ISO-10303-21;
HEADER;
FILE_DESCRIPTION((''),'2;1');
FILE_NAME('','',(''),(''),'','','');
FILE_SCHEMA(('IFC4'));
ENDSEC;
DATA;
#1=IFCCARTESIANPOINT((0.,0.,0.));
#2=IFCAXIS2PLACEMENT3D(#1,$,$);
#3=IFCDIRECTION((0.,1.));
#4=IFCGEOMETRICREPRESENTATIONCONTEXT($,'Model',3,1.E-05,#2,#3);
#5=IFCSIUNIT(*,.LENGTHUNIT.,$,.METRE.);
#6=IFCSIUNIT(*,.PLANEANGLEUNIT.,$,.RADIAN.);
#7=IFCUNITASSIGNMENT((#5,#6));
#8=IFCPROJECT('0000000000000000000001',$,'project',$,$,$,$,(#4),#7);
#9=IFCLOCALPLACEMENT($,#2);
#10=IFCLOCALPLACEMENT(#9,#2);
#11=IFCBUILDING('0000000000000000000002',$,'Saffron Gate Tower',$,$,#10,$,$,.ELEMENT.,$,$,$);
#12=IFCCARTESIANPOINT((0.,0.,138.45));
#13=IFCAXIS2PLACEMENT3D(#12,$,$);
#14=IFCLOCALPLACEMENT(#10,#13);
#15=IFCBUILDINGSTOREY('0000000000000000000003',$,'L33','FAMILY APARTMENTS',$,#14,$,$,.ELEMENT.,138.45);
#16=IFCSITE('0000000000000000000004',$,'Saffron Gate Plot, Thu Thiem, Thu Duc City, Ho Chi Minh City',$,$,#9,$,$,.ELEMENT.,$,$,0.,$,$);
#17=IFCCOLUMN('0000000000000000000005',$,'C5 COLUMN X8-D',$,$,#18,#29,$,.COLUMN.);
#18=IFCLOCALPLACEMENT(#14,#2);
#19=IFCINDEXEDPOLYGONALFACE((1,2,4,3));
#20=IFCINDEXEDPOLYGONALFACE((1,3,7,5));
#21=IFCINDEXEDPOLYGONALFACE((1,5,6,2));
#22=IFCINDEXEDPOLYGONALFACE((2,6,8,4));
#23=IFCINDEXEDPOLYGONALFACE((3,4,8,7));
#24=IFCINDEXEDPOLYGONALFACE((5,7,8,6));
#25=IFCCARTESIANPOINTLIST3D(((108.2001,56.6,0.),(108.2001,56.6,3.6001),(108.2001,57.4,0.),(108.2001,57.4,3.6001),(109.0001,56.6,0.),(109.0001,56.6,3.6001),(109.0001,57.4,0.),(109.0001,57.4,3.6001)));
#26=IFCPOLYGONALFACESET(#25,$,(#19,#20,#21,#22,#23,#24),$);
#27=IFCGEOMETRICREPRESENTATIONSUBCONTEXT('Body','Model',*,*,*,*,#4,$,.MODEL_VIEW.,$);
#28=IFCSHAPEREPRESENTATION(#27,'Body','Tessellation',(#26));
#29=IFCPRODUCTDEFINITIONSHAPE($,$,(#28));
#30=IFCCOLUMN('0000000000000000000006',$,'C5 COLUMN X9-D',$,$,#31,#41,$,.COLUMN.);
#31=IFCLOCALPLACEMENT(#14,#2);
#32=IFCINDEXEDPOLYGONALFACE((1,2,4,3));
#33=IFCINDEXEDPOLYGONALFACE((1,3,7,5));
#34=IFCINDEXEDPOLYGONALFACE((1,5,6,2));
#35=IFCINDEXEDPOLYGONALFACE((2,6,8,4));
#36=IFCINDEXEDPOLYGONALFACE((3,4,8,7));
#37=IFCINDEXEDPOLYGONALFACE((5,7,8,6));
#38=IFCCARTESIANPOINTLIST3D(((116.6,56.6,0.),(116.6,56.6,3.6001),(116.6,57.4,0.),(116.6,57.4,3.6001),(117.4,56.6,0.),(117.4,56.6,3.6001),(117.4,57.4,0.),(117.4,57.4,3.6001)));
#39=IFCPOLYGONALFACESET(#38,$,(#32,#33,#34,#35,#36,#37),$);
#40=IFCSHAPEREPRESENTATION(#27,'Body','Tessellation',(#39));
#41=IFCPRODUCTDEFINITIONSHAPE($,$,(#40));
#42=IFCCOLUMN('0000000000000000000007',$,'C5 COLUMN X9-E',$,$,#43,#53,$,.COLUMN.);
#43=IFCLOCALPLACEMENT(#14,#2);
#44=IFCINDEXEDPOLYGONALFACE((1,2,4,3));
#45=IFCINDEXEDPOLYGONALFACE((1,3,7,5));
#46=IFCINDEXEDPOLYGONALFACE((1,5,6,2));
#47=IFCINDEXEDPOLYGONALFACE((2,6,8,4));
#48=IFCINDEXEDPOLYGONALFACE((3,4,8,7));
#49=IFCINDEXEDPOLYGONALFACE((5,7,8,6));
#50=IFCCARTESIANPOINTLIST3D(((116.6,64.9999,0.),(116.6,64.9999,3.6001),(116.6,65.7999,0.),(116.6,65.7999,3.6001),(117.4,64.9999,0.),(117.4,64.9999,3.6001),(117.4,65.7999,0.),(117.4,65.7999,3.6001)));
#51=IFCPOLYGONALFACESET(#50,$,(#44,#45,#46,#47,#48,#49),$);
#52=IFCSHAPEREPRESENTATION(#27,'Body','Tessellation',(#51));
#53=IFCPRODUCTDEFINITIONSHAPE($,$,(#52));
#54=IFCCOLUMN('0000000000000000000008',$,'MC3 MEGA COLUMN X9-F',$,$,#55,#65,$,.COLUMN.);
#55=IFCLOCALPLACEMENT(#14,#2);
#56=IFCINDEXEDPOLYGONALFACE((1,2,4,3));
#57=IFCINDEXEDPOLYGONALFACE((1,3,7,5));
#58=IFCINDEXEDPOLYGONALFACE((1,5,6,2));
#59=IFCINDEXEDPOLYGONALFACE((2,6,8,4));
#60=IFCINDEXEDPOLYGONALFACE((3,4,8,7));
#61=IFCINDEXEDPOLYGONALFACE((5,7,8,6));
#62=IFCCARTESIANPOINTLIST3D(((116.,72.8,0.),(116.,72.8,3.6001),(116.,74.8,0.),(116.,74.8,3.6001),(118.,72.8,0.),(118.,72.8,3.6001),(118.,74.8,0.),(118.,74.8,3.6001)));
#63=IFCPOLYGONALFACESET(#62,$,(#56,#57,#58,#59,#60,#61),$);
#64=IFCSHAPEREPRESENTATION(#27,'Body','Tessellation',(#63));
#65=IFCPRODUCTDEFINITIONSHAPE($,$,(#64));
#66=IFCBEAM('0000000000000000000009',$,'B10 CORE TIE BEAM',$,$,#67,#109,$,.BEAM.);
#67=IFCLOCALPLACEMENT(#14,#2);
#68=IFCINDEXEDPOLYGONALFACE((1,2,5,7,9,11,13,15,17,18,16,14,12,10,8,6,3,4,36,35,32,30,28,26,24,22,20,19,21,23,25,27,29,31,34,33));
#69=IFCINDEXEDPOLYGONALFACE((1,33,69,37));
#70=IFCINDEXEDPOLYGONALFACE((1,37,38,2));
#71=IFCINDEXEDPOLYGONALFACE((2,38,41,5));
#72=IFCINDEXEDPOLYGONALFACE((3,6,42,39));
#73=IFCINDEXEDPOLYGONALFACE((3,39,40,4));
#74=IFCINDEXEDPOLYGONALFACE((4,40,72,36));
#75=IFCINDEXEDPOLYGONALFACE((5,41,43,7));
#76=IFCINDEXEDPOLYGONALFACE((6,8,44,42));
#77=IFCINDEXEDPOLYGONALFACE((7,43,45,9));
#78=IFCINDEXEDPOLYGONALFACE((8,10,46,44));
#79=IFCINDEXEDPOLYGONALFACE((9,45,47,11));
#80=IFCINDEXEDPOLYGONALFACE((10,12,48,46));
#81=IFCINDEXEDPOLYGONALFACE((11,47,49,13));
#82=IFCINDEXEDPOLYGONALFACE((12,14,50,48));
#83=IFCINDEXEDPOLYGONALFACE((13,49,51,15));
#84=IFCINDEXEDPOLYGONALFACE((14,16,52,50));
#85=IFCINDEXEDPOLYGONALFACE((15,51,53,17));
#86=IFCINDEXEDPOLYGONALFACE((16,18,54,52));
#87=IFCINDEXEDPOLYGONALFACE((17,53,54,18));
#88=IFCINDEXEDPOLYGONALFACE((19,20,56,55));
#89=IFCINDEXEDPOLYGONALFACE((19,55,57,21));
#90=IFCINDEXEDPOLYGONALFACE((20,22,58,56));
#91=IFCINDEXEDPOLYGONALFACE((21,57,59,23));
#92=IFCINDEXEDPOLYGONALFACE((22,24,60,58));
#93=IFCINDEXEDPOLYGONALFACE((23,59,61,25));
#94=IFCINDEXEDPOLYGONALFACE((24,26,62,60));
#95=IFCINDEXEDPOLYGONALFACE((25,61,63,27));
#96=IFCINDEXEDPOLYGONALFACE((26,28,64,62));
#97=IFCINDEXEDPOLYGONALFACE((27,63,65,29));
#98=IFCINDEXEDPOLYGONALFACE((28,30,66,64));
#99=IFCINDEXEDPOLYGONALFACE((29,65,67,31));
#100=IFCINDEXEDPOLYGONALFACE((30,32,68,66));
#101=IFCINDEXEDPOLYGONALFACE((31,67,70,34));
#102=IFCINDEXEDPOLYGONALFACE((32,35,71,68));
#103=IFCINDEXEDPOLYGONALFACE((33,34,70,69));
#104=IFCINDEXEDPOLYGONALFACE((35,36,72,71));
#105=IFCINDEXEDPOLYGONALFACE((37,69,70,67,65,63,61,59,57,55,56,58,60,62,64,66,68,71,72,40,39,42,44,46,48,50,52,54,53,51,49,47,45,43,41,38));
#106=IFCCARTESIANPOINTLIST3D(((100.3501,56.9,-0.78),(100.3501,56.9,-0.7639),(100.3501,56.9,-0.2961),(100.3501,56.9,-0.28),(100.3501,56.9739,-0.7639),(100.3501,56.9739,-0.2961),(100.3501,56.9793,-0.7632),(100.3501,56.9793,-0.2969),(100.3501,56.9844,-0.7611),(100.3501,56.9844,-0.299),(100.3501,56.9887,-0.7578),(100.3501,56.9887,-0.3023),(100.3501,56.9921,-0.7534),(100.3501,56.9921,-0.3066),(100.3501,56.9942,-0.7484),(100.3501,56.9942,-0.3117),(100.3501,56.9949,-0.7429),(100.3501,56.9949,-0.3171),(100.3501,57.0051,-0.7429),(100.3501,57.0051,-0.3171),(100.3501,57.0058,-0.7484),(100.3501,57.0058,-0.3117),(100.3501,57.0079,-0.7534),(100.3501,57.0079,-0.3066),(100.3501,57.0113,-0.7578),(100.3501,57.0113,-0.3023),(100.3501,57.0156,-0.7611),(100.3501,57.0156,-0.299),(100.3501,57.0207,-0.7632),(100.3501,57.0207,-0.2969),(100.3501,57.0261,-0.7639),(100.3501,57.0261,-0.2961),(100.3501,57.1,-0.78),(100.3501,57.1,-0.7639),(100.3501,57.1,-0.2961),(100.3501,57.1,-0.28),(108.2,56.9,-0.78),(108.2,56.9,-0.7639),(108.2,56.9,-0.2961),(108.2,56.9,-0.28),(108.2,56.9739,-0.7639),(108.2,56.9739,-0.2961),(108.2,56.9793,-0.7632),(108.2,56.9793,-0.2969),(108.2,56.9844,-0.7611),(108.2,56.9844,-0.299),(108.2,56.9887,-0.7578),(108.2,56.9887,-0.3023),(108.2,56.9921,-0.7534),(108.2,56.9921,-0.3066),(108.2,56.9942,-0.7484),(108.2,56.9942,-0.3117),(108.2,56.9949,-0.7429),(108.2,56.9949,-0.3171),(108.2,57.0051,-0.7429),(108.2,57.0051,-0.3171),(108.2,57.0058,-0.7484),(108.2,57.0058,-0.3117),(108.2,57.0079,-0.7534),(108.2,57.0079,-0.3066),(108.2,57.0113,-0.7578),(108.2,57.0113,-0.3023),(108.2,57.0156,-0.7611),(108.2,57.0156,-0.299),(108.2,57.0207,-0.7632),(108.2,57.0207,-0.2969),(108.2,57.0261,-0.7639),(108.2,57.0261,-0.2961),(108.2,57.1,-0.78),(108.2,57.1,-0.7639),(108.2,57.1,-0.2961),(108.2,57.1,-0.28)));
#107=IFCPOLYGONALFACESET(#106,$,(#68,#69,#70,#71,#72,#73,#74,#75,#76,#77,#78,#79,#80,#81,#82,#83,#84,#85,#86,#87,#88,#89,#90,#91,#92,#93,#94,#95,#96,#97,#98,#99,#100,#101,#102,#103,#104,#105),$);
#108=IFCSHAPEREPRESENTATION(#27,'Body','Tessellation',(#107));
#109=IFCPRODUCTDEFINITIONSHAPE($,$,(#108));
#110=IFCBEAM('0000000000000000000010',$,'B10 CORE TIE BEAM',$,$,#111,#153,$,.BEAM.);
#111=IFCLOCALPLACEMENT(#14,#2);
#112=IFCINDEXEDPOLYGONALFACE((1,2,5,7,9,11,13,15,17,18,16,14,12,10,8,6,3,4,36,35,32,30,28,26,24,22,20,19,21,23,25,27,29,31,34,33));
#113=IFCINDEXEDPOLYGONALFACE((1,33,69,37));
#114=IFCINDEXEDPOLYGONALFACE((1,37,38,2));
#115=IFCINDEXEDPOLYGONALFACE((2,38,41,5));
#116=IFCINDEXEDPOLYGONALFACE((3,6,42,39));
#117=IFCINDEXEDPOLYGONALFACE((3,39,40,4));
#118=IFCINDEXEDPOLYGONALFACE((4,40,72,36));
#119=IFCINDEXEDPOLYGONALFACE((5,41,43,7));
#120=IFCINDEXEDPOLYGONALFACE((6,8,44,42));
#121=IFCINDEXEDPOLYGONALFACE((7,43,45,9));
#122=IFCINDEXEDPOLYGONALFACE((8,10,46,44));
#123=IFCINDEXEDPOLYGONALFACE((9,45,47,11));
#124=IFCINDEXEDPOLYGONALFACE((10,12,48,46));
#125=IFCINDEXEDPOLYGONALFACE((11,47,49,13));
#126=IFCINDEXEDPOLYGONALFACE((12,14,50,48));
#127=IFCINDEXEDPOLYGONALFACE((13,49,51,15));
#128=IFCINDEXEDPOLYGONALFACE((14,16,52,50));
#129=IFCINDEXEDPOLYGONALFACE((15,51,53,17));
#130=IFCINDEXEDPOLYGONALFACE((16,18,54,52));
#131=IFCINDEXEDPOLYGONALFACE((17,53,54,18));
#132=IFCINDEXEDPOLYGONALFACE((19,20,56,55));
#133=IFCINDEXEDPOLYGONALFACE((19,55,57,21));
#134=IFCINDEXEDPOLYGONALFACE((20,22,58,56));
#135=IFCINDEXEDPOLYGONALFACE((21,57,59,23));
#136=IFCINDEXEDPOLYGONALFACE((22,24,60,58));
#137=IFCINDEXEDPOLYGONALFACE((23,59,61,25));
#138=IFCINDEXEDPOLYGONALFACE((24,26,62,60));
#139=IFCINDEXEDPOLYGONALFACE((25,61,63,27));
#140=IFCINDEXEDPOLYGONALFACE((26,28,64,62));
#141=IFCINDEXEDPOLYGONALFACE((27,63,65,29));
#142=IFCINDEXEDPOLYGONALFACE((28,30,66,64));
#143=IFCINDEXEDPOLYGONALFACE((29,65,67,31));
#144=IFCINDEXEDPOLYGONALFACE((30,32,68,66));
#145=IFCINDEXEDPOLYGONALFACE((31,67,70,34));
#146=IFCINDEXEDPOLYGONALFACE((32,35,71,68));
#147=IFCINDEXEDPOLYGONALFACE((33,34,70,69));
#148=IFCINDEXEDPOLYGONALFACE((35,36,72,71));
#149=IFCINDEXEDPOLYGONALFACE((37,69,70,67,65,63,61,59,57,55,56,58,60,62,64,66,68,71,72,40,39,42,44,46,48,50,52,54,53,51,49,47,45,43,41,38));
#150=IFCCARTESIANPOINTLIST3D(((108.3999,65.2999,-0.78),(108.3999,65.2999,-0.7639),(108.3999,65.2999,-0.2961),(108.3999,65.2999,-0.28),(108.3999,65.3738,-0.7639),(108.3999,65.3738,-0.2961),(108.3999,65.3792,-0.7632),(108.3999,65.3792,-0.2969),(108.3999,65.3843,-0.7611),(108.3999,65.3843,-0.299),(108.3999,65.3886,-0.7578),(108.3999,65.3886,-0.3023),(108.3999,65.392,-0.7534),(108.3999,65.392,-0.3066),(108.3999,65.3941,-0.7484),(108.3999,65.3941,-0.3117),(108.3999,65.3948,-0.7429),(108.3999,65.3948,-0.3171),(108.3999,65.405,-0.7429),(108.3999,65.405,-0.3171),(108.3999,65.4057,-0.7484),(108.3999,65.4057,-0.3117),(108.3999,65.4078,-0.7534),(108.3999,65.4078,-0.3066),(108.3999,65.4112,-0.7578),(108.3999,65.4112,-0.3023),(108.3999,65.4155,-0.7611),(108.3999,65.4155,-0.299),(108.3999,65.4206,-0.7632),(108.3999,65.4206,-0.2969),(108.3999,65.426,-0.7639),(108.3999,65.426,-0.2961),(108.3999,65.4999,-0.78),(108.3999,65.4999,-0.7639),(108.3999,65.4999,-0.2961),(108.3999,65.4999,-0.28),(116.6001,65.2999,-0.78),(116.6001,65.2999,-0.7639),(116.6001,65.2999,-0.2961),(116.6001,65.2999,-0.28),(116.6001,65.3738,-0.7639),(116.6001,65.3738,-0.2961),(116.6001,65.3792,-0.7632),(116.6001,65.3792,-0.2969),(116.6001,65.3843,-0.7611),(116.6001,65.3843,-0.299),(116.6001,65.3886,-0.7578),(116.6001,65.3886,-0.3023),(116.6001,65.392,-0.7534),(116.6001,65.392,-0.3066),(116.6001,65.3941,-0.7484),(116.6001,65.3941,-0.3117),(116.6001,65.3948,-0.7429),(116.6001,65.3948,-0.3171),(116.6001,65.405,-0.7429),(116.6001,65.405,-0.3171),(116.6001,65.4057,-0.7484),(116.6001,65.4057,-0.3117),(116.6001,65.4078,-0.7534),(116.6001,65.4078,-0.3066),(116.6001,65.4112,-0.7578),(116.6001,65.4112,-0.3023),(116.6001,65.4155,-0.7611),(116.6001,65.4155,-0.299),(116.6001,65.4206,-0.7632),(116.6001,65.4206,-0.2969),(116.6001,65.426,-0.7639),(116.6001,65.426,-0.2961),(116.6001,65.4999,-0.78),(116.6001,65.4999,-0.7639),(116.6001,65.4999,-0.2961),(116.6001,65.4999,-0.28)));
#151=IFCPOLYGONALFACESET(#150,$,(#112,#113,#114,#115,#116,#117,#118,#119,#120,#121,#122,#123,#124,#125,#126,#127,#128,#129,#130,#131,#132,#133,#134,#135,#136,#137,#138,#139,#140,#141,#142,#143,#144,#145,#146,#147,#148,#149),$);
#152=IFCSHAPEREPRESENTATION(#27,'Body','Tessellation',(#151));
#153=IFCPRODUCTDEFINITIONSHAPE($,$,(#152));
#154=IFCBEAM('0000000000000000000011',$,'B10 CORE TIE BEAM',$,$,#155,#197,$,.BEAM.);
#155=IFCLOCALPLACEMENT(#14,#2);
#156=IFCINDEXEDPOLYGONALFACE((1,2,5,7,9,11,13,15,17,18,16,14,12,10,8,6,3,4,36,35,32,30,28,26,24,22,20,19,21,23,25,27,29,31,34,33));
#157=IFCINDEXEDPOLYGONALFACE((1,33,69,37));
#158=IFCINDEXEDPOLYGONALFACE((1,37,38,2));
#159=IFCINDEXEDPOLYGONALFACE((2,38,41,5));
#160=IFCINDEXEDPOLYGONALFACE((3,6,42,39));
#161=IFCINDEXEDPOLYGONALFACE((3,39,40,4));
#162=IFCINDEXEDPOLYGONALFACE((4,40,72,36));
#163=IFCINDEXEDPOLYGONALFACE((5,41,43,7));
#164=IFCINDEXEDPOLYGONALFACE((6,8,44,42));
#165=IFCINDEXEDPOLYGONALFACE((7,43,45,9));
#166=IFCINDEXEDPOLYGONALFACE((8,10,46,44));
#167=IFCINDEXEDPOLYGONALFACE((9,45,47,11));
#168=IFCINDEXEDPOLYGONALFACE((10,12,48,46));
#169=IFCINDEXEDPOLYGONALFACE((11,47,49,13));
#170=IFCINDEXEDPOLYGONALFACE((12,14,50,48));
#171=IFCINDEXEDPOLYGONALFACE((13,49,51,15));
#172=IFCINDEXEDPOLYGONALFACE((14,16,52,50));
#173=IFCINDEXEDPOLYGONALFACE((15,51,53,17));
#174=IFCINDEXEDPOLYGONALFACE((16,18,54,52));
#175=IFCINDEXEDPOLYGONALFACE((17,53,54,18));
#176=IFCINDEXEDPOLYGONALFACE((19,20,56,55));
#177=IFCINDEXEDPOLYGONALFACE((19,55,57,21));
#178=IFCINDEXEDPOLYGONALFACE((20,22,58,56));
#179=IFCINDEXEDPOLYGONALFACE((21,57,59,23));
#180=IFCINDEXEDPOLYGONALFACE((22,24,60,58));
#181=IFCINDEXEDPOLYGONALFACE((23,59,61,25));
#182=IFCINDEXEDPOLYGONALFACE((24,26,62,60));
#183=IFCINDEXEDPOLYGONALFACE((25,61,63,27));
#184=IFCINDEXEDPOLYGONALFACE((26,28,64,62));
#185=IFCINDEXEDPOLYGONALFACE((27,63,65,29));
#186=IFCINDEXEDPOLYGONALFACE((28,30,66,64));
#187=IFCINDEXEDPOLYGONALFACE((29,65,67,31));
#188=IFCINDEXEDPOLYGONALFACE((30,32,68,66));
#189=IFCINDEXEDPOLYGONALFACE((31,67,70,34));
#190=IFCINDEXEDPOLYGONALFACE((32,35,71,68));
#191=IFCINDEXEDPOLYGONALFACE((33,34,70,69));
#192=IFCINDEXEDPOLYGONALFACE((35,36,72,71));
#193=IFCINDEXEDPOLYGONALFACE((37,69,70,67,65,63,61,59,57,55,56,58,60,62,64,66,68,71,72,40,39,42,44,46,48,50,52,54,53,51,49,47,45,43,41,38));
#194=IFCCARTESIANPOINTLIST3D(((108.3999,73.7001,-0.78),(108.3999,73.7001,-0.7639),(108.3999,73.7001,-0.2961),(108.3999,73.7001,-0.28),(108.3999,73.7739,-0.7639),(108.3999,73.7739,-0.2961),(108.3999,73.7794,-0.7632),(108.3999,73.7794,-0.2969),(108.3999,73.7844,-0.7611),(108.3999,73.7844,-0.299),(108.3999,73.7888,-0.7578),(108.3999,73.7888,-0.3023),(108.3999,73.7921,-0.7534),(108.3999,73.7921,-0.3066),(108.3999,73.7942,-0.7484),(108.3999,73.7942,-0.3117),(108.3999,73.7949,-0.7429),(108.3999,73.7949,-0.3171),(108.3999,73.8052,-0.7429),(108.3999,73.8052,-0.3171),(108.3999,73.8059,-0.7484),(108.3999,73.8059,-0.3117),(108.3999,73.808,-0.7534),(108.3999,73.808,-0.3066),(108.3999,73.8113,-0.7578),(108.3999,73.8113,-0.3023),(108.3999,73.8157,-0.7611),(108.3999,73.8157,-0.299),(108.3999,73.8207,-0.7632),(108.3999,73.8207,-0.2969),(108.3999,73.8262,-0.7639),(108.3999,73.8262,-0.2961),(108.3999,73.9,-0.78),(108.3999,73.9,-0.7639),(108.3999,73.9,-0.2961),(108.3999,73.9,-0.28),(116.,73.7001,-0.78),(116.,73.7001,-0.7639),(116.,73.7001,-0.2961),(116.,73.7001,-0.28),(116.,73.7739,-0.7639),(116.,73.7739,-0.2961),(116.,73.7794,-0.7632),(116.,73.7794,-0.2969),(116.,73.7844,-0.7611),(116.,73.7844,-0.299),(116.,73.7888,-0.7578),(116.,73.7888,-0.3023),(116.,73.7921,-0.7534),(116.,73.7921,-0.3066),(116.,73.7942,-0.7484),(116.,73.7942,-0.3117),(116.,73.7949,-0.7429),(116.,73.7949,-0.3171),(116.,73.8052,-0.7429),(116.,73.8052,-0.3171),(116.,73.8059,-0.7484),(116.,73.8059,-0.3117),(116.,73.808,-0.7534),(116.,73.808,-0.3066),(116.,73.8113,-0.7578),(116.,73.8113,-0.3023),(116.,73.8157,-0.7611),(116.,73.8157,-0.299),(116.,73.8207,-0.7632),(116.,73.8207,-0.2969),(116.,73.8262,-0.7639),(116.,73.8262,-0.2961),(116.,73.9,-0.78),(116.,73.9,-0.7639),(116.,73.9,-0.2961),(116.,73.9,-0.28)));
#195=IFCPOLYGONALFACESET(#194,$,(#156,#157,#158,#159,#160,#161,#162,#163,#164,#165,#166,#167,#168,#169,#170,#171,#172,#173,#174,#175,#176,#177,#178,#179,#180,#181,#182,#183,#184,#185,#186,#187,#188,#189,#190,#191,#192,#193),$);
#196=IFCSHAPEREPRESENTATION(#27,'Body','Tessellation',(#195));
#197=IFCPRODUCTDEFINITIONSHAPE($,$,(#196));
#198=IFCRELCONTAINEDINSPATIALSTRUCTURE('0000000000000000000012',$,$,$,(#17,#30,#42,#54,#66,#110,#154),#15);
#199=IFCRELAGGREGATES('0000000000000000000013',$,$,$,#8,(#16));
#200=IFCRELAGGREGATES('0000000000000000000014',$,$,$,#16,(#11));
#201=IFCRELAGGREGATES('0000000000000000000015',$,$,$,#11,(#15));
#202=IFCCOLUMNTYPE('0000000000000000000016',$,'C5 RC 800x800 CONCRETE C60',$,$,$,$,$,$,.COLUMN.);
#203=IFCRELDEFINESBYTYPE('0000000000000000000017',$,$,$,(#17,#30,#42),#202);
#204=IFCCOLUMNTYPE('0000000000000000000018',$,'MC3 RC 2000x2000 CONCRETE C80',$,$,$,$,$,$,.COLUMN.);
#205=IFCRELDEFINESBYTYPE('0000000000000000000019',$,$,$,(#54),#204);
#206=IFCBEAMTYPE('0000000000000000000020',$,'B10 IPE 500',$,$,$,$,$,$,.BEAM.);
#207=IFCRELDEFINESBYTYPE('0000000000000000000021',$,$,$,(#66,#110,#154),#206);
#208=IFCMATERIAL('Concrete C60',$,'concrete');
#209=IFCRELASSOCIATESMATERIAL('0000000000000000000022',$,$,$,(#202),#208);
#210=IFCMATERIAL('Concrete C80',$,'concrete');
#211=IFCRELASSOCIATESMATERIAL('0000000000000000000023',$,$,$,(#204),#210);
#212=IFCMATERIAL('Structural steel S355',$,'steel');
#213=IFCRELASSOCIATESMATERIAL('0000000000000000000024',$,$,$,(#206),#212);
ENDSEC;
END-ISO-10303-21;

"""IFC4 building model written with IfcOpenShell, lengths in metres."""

from ifc_helpers import new_model, si_unit, direction, frame, origin, origin_2d, place, context, subcontext, project, spatial, rectangle, i_section, extrude, material, material_profile, profile_set, type_object, element, save


model = new_model("IFC4")

# Units and contexts
model_context = context("Model", 3, precision=1e-05, world=origin(), true_north=direction((0.0, 1.0)))
body_context = subcontext(model_context, "Body", "Model", "MODEL_VIEW")
ifc_project = project(units=[si_unit("LENGTHUNIT", "METRE"), si_unit("PLANEANGLEUNIT", "RADIAN")], contexts=[model_context])

# Site, building, storey
site_placement = place(None, origin())
site = spatial("IfcSite", under=ifc_project, at=site_placement, Name="Saffron Gate Plot, Thu Thiem, Thu Duc City, Ho Chi Minh City", CompositionType="ELEMENT", RefElevation=0.0)
building_placement = place(site_placement, origin())
building = spatial("IfcBuilding", under=site, at=building_placement, Name="Saffron Gate Tower", CompositionType="ELEMENT")
storey_placement = place(building_placement, frame((0.0, 0.0, 138.45)))
storey = spatial("IfcBuildingStorey", under=building, at=storey_placement, Name="L33", Description="FAMILY APARTMENTS", CompositionType="ELEMENT", Elevation=138.45)

# Columns
ifc_material_1 = material(Name="Concrete C60", Category="concrete")
ifc_material_profile_1 = material_profile(ifc_material_1, rectangle(XDim=0.8, YDim=0.8, at=origin_2d()))
ifc_profile_set_1 = profile_set([ifc_material_profile_1], Name="Concrete C60")
column_type_1 = type_object("IfcColumnType", Name="C5 RC 800x800 CONCRETE C60", PredefinedType="COLUMN", material=ifc_profile_set_1)
for number, where, z_axis, x_axis, name in (
    (1, (108.6001, 57.0, 0.0), (0.0, 0.0, 1.0), (1.0, 0.0, 0.0), "C5 COLUMN X8-D"),
    (2, (117.0, 57.0, 0.0), (0.0, 0.0, 1.0), (1.0, 0.0, 0.0), "C5 COLUMN X9-D"),
    (3, (117.0, 65.3999, 0.0), (0.0, 0.0, 1.0), (1.0, 0.0, 0.0), "C5 COLUMN X9-E"),
):
    element("IfcColumn", number, at=place(storey_placement, frame(where, z_axis=z_axis, x_axis=x_axis)), inside=storey, type_object=column_type_1, Name=name, PredefinedType="COLUMN", context=body_context, shape_type="SweptSolid", body=[
        extrude(rectangle(XDim=0.8, YDim=0.8, at=origin_2d()), origin(), (0.0, 0.0, 1.0), 3.6001),
    ])
ifc_material_2 = material(Name="Concrete C80", Category="concrete")
ifc_material_profile_2 = material_profile(ifc_material_2, rectangle(XDim=2.0, YDim=2.0, at=origin_2d()))
ifc_profile_set_2 = profile_set([ifc_material_profile_2], Name="Concrete C80")
column_type_2 = type_object("IfcColumnType", Name="MC3 RC 2000x2000 CONCRETE C80", PredefinedType="COLUMN", material=ifc_profile_set_2)
column_placement = place(storey_placement, frame((117.0, 73.8, 0.0), z_axis=(0.0, 0.0, 1.0), x_axis=(1.0, 0.0, 0.0)))
element("IfcColumn", 4, at=column_placement, inside=storey, type_object=column_type_2, Name="MC3 MEGA COLUMN X9-F", PredefinedType="COLUMN", context=body_context, shape_type="SweptSolid", body=[
    extrude(rectangle(XDim=2.0, YDim=2.0, at=origin_2d()), origin(), (0.0, 0.0, 1.0), 3.6001),
])

# Beams
ifc_material_3 = material(Name="Structural steel S355", Category="steel")
ifc_material_profile_3 = material_profile(ifc_material_3, i_section(OverallWidth=0.2, OverallDepth=0.5, WebThickness=0.0103, FlangeThickness=0.0161, FilletRadius=0.021, at=origin_2d()))
ifc_profile_set_3 = profile_set([ifc_material_profile_3], Name="Structural steel S355")
beam_type = type_object("IfcBeamType", Name="B10 IPE 500", PredefinedType="BEAM", material=ifc_profile_set_3)
beam_1_placement = place(storey_placement, frame((108.2, 57.0, -0.53), z_axis=(-1.0, 0.0, 0.0), x_axis=(0.0, -1.0, 0.0)))
element("IfcBeam", 5, at=beam_1_placement, inside=storey, type_object=beam_type, Name="B10 CORE TIE BEAM", PredefinedType="BEAM", context=body_context, shape_type="SweptSolid", body=[
    extrude(i_section(OverallWidth=0.2, OverallDepth=0.5, WebThickness=0.0103, FlangeThickness=0.0161, FilletRadius=0.021, at=origin_2d()), origin(), (0.0, 0.0, 1.0), 7.8499),
])
beam_2_placement = place(storey_placement, frame((116.6001, 65.3999, -0.53), z_axis=(-1.0, 0.0, 0.0), x_axis=(0.0, -1.0, 0.0)))
element("IfcBeam", 6, at=beam_2_placement, inside=storey, type_object=beam_type, Name="B10 CORE TIE BEAM", PredefinedType="BEAM", context=body_context, shape_type="SweptSolid", body=[
    extrude(i_section(OverallWidth=0.2, OverallDepth=0.5, WebThickness=0.0103, FlangeThickness=0.0161, FilletRadius=0.021, at=origin_2d()), origin(), (0.0, 0.0, 1.0), 8.2002),
])
beam_3_placement = place(storey_placement, frame((116.0, 73.8, -0.53), z_axis=(-1.0, 0.0, 0.0), x_axis=(0.0, -1.0, 0.0)))
element("IfcBeam", 7, at=beam_3_placement, inside=storey, type_object=beam_type, Name="B10 CORE TIE BEAM", PredefinedType="BEAM", context=body_context, shape_type="SweptSolid", body=[
    extrude(i_section(OverallWidth=0.2, OverallDepth=0.5, WebThickness=0.0103, FlangeThickness=0.0161, FilletRadius=0.021, at=origin_2d()), origin(), (0.0, 0.0, 1.0), 7.6001),
])

save(model, "model.ifc")
